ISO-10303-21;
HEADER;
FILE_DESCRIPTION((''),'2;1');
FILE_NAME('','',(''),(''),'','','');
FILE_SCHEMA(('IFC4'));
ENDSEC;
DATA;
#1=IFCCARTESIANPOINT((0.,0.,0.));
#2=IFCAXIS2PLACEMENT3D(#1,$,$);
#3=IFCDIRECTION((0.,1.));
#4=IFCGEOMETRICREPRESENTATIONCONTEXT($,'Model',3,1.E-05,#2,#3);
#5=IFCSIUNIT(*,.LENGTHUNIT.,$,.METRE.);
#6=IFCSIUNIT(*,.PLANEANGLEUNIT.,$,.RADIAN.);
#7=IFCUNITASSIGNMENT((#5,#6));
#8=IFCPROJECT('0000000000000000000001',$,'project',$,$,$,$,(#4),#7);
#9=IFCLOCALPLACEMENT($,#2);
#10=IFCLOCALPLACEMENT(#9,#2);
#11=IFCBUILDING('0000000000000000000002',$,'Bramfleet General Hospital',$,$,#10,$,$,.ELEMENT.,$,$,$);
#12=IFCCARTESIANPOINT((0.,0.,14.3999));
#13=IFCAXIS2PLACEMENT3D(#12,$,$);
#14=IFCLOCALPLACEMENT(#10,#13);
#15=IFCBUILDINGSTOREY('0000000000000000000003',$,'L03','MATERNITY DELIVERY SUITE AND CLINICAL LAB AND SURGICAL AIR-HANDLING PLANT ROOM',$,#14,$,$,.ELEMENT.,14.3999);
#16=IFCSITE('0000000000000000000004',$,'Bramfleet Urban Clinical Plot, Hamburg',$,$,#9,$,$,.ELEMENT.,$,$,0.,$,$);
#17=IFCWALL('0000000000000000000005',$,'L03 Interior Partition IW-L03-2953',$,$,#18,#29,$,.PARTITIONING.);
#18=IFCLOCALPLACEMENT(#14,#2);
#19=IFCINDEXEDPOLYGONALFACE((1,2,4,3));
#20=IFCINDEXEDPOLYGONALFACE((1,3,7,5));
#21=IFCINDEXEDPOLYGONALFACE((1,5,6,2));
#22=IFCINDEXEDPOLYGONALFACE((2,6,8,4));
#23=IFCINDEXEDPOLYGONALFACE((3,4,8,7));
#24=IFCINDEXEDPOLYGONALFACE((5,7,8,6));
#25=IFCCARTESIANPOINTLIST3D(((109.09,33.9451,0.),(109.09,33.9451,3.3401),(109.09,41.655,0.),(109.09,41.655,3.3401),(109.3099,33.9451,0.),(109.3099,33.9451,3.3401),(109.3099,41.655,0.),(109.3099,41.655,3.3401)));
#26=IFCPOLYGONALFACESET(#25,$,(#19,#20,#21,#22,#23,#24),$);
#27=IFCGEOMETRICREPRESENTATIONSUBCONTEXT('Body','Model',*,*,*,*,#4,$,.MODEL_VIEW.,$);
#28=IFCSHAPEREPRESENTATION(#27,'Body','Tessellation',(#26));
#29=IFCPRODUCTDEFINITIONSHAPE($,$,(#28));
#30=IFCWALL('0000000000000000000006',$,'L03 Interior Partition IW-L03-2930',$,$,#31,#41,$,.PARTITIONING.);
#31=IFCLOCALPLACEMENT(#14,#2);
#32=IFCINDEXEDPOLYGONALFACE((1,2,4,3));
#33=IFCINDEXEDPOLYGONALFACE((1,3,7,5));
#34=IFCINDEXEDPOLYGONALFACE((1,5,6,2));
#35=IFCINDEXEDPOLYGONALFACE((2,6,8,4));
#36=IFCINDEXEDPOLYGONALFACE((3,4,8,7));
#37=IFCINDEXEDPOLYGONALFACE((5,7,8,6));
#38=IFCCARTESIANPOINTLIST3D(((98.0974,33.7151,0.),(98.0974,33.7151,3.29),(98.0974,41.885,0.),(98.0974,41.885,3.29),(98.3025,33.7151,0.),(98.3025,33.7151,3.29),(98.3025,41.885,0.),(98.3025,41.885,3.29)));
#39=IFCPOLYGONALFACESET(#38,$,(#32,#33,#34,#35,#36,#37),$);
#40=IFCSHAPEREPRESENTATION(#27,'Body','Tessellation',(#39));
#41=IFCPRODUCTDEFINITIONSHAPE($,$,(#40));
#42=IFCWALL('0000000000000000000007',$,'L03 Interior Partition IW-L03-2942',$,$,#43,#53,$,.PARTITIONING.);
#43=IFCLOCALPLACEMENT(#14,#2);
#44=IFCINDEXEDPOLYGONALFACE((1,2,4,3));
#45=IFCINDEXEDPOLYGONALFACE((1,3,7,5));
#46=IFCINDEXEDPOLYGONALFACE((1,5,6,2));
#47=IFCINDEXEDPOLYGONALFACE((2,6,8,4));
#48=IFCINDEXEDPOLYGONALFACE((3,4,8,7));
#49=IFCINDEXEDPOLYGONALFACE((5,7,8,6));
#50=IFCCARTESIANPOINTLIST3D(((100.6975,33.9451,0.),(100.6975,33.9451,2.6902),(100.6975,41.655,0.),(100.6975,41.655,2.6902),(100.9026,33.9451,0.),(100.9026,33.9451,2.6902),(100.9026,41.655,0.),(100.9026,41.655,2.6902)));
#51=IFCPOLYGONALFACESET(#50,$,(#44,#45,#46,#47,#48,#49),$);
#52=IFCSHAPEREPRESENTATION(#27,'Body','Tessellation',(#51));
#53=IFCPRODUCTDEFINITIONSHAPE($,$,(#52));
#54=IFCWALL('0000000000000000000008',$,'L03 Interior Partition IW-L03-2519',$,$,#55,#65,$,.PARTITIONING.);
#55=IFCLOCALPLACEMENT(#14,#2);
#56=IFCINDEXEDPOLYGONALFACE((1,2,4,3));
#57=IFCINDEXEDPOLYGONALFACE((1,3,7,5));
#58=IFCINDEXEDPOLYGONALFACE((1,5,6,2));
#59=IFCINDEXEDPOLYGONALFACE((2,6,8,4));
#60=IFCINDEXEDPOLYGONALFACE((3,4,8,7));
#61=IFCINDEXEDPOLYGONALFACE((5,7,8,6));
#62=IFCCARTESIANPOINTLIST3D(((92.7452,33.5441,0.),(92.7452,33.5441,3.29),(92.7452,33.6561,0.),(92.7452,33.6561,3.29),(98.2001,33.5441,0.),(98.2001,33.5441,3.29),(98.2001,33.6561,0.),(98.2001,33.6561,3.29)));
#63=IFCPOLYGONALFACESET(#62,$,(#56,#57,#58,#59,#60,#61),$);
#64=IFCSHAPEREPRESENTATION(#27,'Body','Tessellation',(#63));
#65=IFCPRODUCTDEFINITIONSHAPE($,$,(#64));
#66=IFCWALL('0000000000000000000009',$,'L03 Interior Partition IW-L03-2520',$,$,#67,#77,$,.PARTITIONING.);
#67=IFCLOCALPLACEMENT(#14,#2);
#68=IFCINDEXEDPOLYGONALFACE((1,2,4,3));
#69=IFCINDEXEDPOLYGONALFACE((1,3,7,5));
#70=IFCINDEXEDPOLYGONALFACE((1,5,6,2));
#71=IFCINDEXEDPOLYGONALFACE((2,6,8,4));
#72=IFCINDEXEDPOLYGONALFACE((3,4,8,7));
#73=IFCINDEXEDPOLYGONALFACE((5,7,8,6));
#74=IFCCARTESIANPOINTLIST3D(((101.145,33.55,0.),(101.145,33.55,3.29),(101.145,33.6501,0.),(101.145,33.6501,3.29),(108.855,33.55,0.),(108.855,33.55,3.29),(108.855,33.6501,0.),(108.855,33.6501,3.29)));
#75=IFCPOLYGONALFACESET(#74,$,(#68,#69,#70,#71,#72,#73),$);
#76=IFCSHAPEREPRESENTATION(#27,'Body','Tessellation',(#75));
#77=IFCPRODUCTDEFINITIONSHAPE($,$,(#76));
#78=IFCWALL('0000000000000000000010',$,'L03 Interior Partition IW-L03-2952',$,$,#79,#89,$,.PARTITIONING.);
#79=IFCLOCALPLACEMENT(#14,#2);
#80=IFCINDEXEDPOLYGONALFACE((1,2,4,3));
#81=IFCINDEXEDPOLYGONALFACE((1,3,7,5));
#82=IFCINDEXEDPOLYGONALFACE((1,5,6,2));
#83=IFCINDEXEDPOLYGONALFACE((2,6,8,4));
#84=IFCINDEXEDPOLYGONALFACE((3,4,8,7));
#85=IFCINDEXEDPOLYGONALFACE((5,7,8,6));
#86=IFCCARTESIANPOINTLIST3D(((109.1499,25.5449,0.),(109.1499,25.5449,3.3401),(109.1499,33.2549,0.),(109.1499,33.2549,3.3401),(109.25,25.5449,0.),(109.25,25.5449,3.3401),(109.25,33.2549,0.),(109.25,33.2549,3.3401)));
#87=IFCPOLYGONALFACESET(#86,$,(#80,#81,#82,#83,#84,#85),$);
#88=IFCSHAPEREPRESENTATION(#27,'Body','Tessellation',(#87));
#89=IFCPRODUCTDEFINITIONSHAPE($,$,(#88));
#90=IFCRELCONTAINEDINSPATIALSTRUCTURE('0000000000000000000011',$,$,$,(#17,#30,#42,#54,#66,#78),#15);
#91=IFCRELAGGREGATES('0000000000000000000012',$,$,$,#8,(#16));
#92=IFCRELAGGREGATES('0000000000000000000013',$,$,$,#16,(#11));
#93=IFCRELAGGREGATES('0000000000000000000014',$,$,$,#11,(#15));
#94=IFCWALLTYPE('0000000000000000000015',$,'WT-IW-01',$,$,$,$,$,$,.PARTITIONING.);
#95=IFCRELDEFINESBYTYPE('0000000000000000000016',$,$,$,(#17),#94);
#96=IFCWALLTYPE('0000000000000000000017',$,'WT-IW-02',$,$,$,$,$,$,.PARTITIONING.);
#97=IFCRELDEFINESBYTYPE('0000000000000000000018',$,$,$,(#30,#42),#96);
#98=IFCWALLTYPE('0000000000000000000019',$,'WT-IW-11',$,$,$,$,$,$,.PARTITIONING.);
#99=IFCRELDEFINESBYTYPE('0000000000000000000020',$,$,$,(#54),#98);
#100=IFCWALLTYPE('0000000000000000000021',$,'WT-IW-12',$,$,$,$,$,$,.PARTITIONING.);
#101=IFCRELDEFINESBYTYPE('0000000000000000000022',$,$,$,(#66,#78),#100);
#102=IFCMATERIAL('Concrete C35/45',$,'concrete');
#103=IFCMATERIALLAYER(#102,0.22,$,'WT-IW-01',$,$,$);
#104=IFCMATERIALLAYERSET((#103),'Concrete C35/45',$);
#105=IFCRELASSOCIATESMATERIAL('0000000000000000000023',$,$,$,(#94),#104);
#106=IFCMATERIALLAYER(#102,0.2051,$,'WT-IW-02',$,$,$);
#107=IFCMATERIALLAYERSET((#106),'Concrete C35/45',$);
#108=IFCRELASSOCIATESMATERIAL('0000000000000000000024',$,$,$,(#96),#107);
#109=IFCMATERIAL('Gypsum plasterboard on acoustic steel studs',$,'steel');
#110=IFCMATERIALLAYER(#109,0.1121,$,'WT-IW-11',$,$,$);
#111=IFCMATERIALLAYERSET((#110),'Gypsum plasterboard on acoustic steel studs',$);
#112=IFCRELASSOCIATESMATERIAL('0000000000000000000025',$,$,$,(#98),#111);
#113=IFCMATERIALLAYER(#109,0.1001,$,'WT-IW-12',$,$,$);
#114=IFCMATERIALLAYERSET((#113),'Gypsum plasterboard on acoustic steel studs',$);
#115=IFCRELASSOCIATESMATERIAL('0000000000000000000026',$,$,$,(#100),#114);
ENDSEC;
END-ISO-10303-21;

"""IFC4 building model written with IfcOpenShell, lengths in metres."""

from ifc_helpers import new_model, si_unit, direction, frame, frame_2d, origin, place, context, subcontext, project, spatial, rectangle, extrude, material, layer, layer_set, type_object, element, save


model = new_model("IFC4")

# Units and contexts
model_context = context("Model", 3, precision=1e-05, world=origin(), true_north=direction((0.0, 1.0)))
body_context = subcontext(model_context, "Body", "Model", "MODEL_VIEW")
ifc_project = project(units=[si_unit("LENGTHUNIT", "METRE"), si_unit("PLANEANGLEUNIT", "RADIAN")], contexts=[model_context])

# Site, building, storey
site_placement = place(None, origin())
site = spatial("IfcSite", under=ifc_project, at=site_placement, Name="Bramfleet Urban Clinical Plot, Hamburg", CompositionType="ELEMENT", RefElevation=0.0)
building_placement = place(site_placement, origin())
building = spatial("IfcBuilding", under=site, at=building_placement, Name="Bramfleet General Hospital", CompositionType="ELEMENT")
storey_placement = place(building_placement, frame((0.0, 0.0, 14.3999)))
storey = spatial("IfcBuildingStorey", under=building, at=storey_placement, Name="L03", Description="MATERNITY DELIVERY SUITE AND CLINICAL LAB AND SURGICAL AIR-HANDLING PLANT ROOM", CompositionType="ELEMENT", Elevation=14.3999)

# Shared definitions
ifc_material_1 = material(Name="Concrete C35/45", Category="concrete")

# Walls
ifc_layer_1 = layer(ifc_material_1, 0.22, Name="WT-IW-01")
ifc_layer_set_1 = layer_set([ifc_layer_1], Name="Concrete C35/45")
wall_type_1 = type_object("IfcWallType", Name="WT-IW-01", PredefinedType="PARTITIONING", material=ifc_layer_set_1)
wall_1_placement = place(storey_placement, frame((109.2, 33.9451, 0.0), z_axis=(0.0, 0.0, 1.0), x_axis=(0.0, 1.0, 0.0)))
element("IfcWall", 1, at=wall_1_placement, inside=storey, type_object=wall_type_1, Name="L03 Interior Partition IW-L03-2953", PredefinedType="PARTITIONING", context=body_context, shape_type="SweptSolid", body=[
    extrude(rectangle(XDim=7.71, YDim=0.22, at=frame_2d((3.855, 0.0))), origin(), (0.0, 0.0, 1.0), 3.3401),
])
ifc_layer_2 = layer(ifc_material_1, 0.2051, Name="WT-IW-02")
ifc_layer_set_2 = layer_set([ifc_layer_2], Name="Concrete C35/45")
wall_type_2 = type_object("IfcWallType", Name="WT-IW-02", PredefinedType="PARTITIONING", material=ifc_layer_set_2)
wall_2_placement = place(storey_placement, frame((98.2, 33.7151, 0.0), z_axis=(0.0, 0.0, 1.0), x_axis=(0.0, 1.0, 0.0)))
element("IfcWall", 2, at=wall_2_placement, inside=storey, type_object=wall_type_2, Name="L03 Interior Partition IW-L03-2930", PredefinedType="PARTITIONING", context=body_context, shape_type="SweptSolid", body=[
    extrude(rectangle(XDim=8.1699, YDim=0.2051, at=frame_2d((4.085, 0.0))), origin(), (0.0, 0.0, 1.0), 3.29),
])
wall_3_placement = place(storey_placement, frame((100.8, 33.9451, 0.0), z_axis=(0.0, 0.0, 1.0), x_axis=(0.0, 1.0, 0.0)))
element("IfcWall", 3, at=wall_3_placement, inside=storey, type_object=wall_type_2, Name="L03 Interior Partition IW-L03-2942", PredefinedType="PARTITIONING", context=body_context, shape_type="SweptSolid", body=[
    extrude(rectangle(XDim=7.71, YDim=0.2051, at=frame_2d((3.855, 0.0))), origin(), (0.0, 0.0, 1.0), 2.6902),
])
ifc_material_2 = material(Name="Gypsum plasterboard on acoustic steel studs", Category="steel")
ifc_layer_3 = layer(ifc_material_2, 0.1121, Name="WT-IW-11")
ifc_layer_set_3 = layer_set([ifc_layer_3], Name="Gypsum plasterboard on acoustic steel studs")
wall_type_3 = type_object("IfcWallType", Name="WT-IW-11", PredefinedType="PARTITIONING", material=ifc_layer_set_3)
wall_4_placement = place(storey_placement, frame((92.7451, 33.6001, 0.0), z_axis=(0.0, 0.0, 1.0), x_axis=(1.0, 0.0, 0.0)))
element("IfcWall", 4, at=wall_4_placement, inside=storey, type_object=wall_type_3, Name="L03 Interior Partition IW-L03-2519", PredefinedType="PARTITIONING", context=body_context, shape_type="SweptSolid", body=[
    extrude(rectangle(XDim=5.4548, YDim=0.1121, at=frame_2d((2.7275, 0.0))), origin(), (0.0, 0.0, 1.0), 3.29),
])
ifc_layer_4 = layer(ifc_material_2, 0.1001, Name="WT-IW-12")
ifc_layer_set_4 = layer_set([ifc_layer_4], Name="Gypsum plasterboard on acoustic steel studs")
wall_type_4 = type_object("IfcWallType", Name="WT-IW-12", PredefinedType="PARTITIONING", material=ifc_layer_set_4)
wall_5_placement = place(storey_placement, frame((101.145, 33.6001, 0.0), z_axis=(0.0, 0.0, 1.0), x_axis=(1.0, 0.0, 0.0)))
element("IfcWall", 5, at=wall_5_placement, inside=storey, type_object=wall_type_4, Name="L03 Interior Partition IW-L03-2520", PredefinedType="PARTITIONING", context=body_context, shape_type="SweptSolid", body=[
    extrude(rectangle(XDim=7.71, YDim=0.1001, at=frame_2d((3.855, 0.0))), origin(), (0.0, 0.0, 1.0), 3.29),
])
wall_6_placement = place(storey_placement, frame((109.2, 25.5449, 0.0), z_axis=(0.0, 0.0, 1.0), x_axis=(0.0, 1.0, 0.0)))
element("IfcWall", 6, at=wall_6_placement, inside=storey, type_object=wall_type_4, Name="L03 Interior Partition IW-L03-2952", PredefinedType="PARTITIONING", context=body_context, shape_type="SweptSolid", body=[
    extrude(rectangle(XDim=7.71, YDim=0.1001, at=frame_2d((3.855, 0.0))), origin(), (0.0, 0.0, 1.0), 3.3401),
])

save(model, "model.ifc")
